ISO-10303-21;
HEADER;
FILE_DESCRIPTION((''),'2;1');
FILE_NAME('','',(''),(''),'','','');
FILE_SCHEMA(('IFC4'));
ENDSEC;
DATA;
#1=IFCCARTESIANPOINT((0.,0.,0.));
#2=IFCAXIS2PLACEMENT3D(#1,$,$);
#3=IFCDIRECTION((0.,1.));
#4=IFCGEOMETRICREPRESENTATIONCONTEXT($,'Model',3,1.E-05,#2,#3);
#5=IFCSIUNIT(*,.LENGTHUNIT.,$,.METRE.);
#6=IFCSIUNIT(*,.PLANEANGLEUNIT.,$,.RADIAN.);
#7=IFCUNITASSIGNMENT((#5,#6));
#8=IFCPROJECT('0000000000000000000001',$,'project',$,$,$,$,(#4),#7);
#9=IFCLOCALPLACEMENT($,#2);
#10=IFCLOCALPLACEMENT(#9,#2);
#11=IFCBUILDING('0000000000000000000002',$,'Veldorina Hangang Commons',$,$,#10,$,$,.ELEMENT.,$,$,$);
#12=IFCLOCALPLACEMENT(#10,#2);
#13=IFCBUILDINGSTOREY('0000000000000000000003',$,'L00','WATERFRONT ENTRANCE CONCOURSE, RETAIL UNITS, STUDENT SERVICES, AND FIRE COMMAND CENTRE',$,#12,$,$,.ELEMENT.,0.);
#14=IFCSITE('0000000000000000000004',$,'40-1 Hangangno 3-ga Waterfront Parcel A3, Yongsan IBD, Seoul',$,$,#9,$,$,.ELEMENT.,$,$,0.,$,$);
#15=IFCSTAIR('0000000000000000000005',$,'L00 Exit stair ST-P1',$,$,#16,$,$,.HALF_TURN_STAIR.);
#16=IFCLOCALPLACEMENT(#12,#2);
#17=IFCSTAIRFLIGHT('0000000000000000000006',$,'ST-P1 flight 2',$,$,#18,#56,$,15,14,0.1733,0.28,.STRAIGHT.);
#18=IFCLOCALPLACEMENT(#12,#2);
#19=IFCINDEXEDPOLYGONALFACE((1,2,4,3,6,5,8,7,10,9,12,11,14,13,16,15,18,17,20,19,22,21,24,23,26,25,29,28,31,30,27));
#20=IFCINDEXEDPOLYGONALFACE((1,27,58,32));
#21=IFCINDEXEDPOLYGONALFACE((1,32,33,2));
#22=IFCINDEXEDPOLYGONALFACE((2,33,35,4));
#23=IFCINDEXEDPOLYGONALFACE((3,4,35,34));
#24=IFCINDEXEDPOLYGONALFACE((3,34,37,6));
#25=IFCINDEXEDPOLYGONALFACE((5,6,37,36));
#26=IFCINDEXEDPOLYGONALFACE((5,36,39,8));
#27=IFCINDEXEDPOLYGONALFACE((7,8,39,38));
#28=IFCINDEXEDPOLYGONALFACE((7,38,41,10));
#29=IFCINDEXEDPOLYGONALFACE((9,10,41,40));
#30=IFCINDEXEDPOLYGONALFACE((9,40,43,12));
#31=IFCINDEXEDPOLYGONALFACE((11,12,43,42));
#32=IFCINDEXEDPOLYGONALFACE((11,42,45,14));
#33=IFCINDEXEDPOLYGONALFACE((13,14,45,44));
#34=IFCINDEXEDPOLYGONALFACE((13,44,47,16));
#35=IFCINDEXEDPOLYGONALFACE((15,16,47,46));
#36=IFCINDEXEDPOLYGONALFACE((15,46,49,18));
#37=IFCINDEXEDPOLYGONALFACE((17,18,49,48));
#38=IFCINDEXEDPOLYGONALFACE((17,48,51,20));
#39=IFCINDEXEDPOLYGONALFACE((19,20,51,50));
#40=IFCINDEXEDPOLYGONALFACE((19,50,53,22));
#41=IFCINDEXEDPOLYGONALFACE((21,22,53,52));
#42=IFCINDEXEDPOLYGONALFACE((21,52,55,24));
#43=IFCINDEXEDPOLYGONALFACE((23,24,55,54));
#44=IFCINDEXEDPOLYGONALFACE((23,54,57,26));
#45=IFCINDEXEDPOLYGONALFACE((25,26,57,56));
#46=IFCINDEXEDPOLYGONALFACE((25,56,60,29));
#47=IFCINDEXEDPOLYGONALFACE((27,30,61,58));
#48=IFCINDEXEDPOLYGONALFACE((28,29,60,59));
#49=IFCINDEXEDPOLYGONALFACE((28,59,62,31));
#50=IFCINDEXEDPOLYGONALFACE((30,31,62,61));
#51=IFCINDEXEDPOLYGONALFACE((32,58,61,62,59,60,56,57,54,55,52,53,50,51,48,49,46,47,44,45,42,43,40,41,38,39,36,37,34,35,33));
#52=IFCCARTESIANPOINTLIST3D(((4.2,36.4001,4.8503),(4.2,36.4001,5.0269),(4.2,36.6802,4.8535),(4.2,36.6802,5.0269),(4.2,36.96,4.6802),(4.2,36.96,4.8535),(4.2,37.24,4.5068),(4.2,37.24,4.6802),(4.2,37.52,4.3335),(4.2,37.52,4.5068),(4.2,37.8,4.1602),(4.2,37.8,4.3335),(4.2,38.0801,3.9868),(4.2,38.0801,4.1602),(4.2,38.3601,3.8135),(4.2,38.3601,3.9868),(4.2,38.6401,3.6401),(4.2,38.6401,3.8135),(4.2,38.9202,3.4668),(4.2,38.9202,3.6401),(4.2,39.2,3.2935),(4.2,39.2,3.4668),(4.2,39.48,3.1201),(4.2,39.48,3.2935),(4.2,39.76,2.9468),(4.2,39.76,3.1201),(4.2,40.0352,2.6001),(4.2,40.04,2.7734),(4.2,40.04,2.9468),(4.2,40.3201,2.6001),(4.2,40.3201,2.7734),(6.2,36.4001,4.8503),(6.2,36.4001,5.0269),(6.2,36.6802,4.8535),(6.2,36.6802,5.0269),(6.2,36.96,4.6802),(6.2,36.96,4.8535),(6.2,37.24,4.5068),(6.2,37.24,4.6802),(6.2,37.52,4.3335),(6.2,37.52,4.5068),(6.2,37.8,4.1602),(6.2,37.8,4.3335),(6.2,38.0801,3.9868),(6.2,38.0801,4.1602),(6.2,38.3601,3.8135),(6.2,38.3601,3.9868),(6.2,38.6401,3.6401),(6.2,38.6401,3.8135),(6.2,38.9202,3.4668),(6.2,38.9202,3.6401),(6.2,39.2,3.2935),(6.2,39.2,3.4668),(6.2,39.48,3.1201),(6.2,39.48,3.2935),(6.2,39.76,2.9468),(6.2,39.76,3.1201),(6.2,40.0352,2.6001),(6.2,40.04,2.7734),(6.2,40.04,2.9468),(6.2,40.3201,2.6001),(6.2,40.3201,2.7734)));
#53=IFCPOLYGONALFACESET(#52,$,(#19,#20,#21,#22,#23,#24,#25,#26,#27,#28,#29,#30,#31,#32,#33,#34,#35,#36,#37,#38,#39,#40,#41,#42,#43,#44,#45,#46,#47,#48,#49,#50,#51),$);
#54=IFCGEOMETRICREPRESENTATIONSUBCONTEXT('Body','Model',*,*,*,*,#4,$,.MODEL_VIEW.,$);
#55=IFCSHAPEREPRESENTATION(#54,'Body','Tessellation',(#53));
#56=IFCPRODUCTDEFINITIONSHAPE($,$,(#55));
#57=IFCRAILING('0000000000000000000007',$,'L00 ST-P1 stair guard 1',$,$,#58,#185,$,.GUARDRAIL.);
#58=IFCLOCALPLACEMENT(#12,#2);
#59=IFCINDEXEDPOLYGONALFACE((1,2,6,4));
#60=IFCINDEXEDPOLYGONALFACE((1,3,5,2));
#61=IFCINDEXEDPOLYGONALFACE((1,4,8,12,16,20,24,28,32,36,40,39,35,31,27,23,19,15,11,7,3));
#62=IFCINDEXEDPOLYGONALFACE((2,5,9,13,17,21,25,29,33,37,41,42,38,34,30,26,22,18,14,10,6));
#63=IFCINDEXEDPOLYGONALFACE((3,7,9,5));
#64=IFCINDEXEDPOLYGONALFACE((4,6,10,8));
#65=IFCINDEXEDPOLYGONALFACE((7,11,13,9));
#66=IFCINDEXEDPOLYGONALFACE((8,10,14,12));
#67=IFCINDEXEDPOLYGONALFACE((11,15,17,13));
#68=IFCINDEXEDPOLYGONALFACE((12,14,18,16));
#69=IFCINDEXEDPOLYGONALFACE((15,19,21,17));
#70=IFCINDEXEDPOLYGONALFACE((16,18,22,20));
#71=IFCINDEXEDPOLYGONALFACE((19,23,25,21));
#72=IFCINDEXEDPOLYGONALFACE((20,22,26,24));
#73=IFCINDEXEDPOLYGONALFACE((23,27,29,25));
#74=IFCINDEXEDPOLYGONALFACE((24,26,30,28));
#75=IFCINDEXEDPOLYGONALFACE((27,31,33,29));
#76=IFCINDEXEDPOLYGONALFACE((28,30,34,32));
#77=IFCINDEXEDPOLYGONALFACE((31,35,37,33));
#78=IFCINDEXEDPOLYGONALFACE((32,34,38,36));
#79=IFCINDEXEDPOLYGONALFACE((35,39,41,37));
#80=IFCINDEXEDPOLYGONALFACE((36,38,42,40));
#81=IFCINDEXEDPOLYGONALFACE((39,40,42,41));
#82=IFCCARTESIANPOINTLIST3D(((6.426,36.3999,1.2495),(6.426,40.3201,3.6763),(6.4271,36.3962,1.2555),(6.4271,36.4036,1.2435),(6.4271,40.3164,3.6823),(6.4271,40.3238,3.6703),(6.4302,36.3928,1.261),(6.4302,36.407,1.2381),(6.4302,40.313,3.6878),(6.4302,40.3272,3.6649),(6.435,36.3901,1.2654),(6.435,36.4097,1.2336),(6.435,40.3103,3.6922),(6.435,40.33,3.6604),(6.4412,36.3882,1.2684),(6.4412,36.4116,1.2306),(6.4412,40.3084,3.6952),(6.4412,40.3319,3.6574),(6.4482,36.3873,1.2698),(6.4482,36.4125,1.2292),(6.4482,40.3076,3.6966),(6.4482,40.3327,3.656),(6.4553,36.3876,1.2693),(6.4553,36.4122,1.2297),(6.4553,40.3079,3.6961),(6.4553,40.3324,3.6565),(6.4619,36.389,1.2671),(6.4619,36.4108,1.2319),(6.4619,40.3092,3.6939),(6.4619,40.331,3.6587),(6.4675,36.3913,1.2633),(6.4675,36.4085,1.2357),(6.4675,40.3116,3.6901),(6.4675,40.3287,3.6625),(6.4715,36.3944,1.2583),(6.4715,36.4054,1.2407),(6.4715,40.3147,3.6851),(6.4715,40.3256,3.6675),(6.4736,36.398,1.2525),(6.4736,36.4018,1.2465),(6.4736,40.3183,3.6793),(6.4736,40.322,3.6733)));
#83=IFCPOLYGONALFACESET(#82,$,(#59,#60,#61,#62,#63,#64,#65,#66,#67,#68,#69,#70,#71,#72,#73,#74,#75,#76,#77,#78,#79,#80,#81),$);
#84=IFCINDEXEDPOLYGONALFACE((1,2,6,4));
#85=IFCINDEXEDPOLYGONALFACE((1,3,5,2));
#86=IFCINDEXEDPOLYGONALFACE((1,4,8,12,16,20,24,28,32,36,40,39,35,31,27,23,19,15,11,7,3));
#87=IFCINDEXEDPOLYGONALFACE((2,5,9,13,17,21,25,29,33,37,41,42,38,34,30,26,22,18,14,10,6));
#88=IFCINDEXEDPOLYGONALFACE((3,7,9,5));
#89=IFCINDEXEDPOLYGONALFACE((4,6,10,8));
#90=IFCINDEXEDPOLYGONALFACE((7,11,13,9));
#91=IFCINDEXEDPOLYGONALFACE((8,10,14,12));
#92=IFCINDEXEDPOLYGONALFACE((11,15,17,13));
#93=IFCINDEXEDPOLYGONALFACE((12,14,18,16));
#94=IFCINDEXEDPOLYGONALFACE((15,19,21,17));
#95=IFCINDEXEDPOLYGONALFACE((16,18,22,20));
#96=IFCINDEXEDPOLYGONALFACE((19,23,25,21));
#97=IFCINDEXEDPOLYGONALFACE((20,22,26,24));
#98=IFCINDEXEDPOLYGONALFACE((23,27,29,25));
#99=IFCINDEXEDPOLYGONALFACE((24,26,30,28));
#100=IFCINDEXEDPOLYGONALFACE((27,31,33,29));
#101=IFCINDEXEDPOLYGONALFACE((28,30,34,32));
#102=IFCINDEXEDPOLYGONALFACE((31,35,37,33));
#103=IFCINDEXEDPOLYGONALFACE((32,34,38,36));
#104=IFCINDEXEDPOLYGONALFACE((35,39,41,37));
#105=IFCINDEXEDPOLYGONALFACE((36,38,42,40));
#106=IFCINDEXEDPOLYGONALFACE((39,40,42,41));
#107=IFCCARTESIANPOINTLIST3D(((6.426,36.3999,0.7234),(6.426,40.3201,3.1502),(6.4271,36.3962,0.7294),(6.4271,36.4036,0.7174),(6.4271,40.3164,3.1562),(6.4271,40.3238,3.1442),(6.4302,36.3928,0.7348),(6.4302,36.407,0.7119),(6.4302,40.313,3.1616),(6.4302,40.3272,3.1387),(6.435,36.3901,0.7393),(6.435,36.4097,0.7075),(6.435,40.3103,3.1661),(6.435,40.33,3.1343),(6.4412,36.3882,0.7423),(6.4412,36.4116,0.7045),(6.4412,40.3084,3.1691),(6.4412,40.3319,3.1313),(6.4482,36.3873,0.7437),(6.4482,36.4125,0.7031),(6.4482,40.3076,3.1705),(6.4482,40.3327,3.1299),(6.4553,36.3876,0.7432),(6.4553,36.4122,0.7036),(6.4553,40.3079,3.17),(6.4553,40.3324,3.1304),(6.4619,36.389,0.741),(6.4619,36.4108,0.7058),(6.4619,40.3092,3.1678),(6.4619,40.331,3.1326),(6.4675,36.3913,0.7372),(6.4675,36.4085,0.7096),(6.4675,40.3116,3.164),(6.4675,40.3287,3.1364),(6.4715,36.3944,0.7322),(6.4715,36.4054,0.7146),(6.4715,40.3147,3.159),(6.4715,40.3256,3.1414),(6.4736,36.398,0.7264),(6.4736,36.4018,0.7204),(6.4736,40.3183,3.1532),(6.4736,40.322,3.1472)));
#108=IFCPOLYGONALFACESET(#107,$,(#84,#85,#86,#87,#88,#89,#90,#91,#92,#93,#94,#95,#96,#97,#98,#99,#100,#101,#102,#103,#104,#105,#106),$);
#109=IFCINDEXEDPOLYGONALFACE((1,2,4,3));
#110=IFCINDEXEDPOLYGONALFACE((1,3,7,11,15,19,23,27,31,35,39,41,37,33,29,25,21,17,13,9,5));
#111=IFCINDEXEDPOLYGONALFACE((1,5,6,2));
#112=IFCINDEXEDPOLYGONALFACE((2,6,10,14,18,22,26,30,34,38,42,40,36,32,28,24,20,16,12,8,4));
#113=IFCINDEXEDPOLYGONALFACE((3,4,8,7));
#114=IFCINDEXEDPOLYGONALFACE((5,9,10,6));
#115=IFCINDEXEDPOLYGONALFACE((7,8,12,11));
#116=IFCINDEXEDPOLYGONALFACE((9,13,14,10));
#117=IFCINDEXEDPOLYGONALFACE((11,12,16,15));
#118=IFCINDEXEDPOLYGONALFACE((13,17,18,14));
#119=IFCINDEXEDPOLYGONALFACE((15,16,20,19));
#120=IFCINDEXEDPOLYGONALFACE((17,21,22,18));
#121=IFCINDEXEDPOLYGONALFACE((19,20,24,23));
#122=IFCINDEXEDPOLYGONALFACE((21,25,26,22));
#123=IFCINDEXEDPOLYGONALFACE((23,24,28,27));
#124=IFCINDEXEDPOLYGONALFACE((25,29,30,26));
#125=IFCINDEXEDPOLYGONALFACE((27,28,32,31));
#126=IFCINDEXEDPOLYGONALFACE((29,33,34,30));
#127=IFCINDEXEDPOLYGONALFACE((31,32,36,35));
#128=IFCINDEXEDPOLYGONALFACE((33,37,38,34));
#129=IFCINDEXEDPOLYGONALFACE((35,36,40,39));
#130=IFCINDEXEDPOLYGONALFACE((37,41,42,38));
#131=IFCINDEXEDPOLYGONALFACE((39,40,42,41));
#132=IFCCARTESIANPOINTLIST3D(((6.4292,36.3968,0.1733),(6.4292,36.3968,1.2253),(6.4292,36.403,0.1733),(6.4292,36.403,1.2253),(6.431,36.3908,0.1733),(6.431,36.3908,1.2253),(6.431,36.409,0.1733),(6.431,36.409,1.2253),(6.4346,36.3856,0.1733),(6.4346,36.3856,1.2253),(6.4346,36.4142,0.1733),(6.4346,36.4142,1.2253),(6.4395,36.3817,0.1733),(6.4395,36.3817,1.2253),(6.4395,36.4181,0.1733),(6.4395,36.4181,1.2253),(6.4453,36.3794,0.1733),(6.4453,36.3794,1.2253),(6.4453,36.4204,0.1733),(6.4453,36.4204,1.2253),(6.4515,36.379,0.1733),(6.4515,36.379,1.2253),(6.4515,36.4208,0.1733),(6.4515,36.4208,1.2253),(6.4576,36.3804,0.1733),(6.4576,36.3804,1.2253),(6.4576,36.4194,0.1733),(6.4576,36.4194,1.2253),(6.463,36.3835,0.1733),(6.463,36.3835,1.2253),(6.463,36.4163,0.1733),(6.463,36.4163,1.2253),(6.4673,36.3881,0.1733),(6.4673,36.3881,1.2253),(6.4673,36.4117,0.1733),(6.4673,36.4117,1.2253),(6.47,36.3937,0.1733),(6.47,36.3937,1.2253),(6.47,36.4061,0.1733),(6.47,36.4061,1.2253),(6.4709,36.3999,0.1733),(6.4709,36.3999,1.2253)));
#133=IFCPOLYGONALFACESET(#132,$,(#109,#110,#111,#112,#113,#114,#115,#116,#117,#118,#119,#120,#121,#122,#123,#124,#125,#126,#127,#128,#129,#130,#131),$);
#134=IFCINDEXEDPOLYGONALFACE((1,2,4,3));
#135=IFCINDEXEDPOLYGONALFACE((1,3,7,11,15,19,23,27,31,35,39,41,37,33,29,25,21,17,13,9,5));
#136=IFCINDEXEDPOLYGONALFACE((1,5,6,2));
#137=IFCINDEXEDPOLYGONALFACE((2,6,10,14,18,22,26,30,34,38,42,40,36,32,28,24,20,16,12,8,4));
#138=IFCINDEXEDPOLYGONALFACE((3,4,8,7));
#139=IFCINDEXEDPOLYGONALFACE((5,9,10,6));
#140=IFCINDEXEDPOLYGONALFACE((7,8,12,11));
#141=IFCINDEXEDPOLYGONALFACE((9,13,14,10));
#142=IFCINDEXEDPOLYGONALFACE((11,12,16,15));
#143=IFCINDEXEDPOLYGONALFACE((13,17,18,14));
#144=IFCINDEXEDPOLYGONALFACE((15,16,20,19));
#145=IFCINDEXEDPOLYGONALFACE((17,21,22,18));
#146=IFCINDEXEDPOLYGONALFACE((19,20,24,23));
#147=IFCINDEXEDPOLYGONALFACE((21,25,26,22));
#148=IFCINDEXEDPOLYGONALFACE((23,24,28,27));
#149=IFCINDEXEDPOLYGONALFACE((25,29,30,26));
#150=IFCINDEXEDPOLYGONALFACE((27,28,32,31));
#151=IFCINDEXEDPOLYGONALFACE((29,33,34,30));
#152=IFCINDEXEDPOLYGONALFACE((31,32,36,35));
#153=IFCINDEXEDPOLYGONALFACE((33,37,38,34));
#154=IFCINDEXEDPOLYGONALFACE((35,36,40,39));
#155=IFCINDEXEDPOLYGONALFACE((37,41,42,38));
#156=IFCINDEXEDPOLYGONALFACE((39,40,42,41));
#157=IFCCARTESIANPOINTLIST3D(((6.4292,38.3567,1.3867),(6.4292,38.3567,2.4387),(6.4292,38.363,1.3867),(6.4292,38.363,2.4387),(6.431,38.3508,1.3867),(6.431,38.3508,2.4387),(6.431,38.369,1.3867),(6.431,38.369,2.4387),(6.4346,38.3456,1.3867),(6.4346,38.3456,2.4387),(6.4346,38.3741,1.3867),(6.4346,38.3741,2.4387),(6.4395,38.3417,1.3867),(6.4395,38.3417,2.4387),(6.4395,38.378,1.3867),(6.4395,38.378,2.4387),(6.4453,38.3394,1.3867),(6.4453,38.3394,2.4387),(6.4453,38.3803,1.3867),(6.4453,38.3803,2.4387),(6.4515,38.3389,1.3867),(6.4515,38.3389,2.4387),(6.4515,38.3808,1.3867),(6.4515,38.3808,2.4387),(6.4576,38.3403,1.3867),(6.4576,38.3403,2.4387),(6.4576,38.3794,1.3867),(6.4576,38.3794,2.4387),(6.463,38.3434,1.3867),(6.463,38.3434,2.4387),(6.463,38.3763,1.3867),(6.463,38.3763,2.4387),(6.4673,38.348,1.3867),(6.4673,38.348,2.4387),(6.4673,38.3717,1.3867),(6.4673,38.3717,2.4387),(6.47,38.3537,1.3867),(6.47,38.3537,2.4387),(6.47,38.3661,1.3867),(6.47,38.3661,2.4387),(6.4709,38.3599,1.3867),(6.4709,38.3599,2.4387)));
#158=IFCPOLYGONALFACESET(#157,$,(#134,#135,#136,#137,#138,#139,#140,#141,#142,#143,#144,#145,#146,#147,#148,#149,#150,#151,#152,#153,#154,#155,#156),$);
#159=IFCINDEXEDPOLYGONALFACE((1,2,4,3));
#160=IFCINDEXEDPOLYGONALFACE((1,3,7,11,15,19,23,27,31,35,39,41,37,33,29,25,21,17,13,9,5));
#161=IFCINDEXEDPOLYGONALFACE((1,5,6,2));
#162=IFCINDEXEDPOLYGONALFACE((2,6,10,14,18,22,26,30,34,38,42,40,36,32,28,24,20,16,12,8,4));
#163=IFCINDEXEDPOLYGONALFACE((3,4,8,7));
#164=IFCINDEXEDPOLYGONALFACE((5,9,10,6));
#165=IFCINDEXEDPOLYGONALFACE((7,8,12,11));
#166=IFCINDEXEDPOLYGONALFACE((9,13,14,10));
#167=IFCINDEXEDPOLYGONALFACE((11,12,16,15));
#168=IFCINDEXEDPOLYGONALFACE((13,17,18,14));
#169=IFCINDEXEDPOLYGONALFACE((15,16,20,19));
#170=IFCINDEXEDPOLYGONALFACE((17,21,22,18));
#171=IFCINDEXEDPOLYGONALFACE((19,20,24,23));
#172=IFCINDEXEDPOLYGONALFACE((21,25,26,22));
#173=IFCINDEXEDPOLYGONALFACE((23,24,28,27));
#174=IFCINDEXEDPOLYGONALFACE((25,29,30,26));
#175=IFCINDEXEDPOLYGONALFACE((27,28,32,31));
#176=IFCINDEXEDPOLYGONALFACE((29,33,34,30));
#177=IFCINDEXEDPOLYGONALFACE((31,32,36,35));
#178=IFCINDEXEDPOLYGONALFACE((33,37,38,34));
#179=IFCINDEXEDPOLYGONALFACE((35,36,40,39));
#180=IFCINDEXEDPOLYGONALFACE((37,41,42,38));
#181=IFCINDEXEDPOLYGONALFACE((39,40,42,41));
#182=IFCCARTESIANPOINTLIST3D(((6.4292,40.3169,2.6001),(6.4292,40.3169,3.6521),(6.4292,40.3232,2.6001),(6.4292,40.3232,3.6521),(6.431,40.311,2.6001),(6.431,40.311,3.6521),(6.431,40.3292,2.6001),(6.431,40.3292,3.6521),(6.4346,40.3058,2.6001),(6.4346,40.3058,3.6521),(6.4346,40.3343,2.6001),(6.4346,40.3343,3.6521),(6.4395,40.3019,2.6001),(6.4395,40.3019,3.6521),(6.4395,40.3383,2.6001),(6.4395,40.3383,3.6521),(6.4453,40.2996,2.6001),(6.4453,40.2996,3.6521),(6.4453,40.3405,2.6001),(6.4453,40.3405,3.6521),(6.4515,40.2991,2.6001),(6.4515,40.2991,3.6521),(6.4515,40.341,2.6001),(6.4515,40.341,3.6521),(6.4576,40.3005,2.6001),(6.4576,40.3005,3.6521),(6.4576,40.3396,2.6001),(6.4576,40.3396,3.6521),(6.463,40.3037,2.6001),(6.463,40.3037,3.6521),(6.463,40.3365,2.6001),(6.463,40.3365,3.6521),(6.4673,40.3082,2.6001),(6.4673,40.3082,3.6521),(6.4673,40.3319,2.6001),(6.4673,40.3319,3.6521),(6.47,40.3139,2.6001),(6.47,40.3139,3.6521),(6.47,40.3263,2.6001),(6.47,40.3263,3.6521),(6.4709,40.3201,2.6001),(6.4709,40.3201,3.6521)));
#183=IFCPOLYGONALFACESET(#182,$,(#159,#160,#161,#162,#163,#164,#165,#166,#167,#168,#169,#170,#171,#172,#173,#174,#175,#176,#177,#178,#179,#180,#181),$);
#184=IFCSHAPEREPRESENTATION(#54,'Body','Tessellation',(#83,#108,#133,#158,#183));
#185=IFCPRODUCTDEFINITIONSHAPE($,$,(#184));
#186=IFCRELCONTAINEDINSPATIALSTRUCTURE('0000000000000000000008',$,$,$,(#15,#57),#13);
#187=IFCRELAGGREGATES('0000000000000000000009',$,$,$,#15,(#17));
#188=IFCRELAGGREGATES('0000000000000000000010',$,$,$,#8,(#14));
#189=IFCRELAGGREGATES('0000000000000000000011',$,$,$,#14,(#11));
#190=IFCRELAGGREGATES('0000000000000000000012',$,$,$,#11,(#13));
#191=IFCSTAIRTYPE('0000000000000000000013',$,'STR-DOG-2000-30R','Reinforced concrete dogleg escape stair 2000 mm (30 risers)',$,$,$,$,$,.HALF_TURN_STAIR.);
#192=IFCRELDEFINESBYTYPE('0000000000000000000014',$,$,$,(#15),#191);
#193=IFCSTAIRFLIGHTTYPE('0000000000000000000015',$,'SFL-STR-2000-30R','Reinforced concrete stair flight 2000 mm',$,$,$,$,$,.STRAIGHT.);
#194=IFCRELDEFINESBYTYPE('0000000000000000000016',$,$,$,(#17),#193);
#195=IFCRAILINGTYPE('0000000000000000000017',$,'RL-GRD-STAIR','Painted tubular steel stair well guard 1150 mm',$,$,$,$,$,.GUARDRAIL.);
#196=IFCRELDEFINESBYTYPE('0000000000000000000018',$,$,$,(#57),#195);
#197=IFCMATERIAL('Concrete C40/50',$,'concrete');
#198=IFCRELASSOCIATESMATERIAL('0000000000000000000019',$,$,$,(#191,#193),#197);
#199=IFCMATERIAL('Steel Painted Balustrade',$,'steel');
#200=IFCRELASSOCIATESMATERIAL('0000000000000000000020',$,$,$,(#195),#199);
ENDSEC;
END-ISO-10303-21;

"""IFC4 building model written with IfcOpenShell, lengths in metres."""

from ifc_helpers import new_model, si_unit, direction, frame, origin, origin_2d, place, context, subcontext, project, spatial, polyline, circle, outline, extrude, material, type_object, element, aggregate, save


model = new_model("IFC4")

# Units and contexts
model_context = context("Model", 3, precision=1e-05, world=origin(), true_north=direction((0.0, 1.0)))
body_context = subcontext(model_context, "Body", "Model", "MODEL_VIEW")
ifc_project = project(units=[si_unit("LENGTHUNIT", "METRE"), si_unit("PLANEANGLEUNIT", "RADIAN")], contexts=[model_context])

# Site, building, storey
site_placement = place(None, origin())
site = spatial("IfcSite", under=ifc_project, at=site_placement, Name="40-1 Hangangno 3-ga Waterfront Parcel A3, Yongsan IBD, Seoul", CompositionType="ELEMENT", RefElevation=0.0)
building_placement = place(site_placement, origin())
building = spatial("IfcBuilding", under=site, at=building_placement, Name="Veldorina Hangang Commons", CompositionType="ELEMENT")
storey_placement = place(building_placement, origin())
storey = spatial("IfcBuildingStorey", under=building, at=storey_placement, Name="L00", Description="WATERFRONT ENTRANCE CONCOURSE, RETAIL UNITS, STUDENT SERVICES, AND FIRE COMMAND CENTRE", CompositionType="ELEMENT", Elevation=0.0)

# Stair, stair flight
ifc_material_1 = material(Name="Concrete C40/50", Category="concrete")
stair_type = type_object("IfcStairType", Name="STR-DOG-2000-30R", Description="Reinforced concrete dogleg escape stair 2000 mm (30 risers)", PredefinedType="HALF_TURN_STAIR", material=ifc_material_1)
stair_placement = place(storey_placement, origin())
stair = element("IfcStair", 1, at=stair_placement, inside=storey, type_object=stair_type, Name="L00 Exit stair ST-P1", PredefinedType="HALF_TURN_STAIR")
stair_flight_type = type_object("IfcStairFlightType", Name="SFL-STR-2000-30R", Description="Reinforced concrete stair flight 2000 mm", PredefinedType="STRAIGHT", material=ifc_material_1)
stair_flight_1_placement = place(storey_placement, frame((5.2, 40.3201, 2.6001), z_axis=(0.0, 0.0, 1.0), x_axis=(0.0, -1.0, 0.0)))
stair_flight_1 = element("IfcStairFlight", 2, at=stair_flight_1_placement, type_object=stair_flight_type, Name="ST-P1 flight 2", NumberOfRisers=15, NumberOfTreads=14, PredefinedType="STRAIGHT", RiserHeight=0.1733, TreadLength=0.28, context=body_context, shape_type="SweptSolid", body=[
    extrude(outline(polyline([(0.0, 0.0), (0.0, 0.1733), (0.28, 0.1733), (0.28, 0.3467), (0.5601, 0.3467), (0.5601, 0.52), (0.8401, 0.52), (0.8401, 0.6934), (1.1201, 0.6934), (1.1201, 0.8667), (1.3999, 0.8667), (1.3999, 1.04), (1.6799, 1.04), (1.6799, 1.2134), (1.96, 1.2134), (1.96, 1.3867), (2.24, 1.3867), (2.24, 1.5601), (2.52, 1.5601), (2.52, 1.7334), (2.8, 1.7334), (2.8, 1.9067), (3.0801, 1.9067), (3.0801, 2.0801), (3.3601, 2.0801), (3.3601, 2.2534), (3.6399, 2.2534), (3.6399, 2.4268), (3.9199, 2.4268), (3.9199, 2.6001), (3.9199, 2.2502), (0.2849, 0.0), (0.0, 0.0)])), frame((0.0, 1.0, 0.0), z_axis=(0.0, -1.0, 0.0), x_axis=(1.0, 0.0, 0.0)), (0.0, 0.0, 1.0), 2.0),
])
aggregate(stair, [stair_flight_1])

# Railing
ifc_material_2 = material(Name="Steel Painted Balustrade", Category="steel")
railing_type_1 = type_object("IfcRailingType", Name="RL-GRD-STAIR", Description="Painted tubular steel stair well guard 1150 mm", PredefinedType="GUARDRAIL", material=ifc_material_2)
railing_1_placement = place(storey_placement, frame((6.45, 36.3999, 0.1733)))
element("IfcRailing", 3, at=railing_1_placement, inside=storey, type_object=railing_type_1, Name="L00 ST-P1 stair guard 1", PredefinedType="GUARDRAIL", context=body_context, shape_type="SweptSolid", body=[
    extrude(circle(Radius=0.0239, at=origin_2d()), frame((0.0, 0.0, 1.0762), z_axis=(0.0, 0.850266, 0.526353), x_axis=(-1.0, 0.0, 0.0)), (0.0, 0.0, 1.0), 4.6106),
    extrude(circle(Radius=0.0239, at=origin_2d()), frame((0.0, 0.0, 0.55), z_axis=(0.0, 0.850266, 0.526353), x_axis=(-1.0, 0.0, 0.0)), (0.0, 0.0, 1.0), 4.6106),
    extrude(circle(Radius=0.021, at=origin_2d()), origin(), (0.0, 0.0, 1.0), 1.052),
    extrude(circle(Radius=0.021, at=origin_2d()), frame((0.0, 1.96, 1.2134)), (0.0, 0.0, 1.0), 1.052),
    extrude(circle(Radius=0.021, at=origin_2d()), frame((0.0, 3.9202, 2.4268)), (0.0, 0.0, 1.0), 1.052),
])

save(model, "model.ifc")
